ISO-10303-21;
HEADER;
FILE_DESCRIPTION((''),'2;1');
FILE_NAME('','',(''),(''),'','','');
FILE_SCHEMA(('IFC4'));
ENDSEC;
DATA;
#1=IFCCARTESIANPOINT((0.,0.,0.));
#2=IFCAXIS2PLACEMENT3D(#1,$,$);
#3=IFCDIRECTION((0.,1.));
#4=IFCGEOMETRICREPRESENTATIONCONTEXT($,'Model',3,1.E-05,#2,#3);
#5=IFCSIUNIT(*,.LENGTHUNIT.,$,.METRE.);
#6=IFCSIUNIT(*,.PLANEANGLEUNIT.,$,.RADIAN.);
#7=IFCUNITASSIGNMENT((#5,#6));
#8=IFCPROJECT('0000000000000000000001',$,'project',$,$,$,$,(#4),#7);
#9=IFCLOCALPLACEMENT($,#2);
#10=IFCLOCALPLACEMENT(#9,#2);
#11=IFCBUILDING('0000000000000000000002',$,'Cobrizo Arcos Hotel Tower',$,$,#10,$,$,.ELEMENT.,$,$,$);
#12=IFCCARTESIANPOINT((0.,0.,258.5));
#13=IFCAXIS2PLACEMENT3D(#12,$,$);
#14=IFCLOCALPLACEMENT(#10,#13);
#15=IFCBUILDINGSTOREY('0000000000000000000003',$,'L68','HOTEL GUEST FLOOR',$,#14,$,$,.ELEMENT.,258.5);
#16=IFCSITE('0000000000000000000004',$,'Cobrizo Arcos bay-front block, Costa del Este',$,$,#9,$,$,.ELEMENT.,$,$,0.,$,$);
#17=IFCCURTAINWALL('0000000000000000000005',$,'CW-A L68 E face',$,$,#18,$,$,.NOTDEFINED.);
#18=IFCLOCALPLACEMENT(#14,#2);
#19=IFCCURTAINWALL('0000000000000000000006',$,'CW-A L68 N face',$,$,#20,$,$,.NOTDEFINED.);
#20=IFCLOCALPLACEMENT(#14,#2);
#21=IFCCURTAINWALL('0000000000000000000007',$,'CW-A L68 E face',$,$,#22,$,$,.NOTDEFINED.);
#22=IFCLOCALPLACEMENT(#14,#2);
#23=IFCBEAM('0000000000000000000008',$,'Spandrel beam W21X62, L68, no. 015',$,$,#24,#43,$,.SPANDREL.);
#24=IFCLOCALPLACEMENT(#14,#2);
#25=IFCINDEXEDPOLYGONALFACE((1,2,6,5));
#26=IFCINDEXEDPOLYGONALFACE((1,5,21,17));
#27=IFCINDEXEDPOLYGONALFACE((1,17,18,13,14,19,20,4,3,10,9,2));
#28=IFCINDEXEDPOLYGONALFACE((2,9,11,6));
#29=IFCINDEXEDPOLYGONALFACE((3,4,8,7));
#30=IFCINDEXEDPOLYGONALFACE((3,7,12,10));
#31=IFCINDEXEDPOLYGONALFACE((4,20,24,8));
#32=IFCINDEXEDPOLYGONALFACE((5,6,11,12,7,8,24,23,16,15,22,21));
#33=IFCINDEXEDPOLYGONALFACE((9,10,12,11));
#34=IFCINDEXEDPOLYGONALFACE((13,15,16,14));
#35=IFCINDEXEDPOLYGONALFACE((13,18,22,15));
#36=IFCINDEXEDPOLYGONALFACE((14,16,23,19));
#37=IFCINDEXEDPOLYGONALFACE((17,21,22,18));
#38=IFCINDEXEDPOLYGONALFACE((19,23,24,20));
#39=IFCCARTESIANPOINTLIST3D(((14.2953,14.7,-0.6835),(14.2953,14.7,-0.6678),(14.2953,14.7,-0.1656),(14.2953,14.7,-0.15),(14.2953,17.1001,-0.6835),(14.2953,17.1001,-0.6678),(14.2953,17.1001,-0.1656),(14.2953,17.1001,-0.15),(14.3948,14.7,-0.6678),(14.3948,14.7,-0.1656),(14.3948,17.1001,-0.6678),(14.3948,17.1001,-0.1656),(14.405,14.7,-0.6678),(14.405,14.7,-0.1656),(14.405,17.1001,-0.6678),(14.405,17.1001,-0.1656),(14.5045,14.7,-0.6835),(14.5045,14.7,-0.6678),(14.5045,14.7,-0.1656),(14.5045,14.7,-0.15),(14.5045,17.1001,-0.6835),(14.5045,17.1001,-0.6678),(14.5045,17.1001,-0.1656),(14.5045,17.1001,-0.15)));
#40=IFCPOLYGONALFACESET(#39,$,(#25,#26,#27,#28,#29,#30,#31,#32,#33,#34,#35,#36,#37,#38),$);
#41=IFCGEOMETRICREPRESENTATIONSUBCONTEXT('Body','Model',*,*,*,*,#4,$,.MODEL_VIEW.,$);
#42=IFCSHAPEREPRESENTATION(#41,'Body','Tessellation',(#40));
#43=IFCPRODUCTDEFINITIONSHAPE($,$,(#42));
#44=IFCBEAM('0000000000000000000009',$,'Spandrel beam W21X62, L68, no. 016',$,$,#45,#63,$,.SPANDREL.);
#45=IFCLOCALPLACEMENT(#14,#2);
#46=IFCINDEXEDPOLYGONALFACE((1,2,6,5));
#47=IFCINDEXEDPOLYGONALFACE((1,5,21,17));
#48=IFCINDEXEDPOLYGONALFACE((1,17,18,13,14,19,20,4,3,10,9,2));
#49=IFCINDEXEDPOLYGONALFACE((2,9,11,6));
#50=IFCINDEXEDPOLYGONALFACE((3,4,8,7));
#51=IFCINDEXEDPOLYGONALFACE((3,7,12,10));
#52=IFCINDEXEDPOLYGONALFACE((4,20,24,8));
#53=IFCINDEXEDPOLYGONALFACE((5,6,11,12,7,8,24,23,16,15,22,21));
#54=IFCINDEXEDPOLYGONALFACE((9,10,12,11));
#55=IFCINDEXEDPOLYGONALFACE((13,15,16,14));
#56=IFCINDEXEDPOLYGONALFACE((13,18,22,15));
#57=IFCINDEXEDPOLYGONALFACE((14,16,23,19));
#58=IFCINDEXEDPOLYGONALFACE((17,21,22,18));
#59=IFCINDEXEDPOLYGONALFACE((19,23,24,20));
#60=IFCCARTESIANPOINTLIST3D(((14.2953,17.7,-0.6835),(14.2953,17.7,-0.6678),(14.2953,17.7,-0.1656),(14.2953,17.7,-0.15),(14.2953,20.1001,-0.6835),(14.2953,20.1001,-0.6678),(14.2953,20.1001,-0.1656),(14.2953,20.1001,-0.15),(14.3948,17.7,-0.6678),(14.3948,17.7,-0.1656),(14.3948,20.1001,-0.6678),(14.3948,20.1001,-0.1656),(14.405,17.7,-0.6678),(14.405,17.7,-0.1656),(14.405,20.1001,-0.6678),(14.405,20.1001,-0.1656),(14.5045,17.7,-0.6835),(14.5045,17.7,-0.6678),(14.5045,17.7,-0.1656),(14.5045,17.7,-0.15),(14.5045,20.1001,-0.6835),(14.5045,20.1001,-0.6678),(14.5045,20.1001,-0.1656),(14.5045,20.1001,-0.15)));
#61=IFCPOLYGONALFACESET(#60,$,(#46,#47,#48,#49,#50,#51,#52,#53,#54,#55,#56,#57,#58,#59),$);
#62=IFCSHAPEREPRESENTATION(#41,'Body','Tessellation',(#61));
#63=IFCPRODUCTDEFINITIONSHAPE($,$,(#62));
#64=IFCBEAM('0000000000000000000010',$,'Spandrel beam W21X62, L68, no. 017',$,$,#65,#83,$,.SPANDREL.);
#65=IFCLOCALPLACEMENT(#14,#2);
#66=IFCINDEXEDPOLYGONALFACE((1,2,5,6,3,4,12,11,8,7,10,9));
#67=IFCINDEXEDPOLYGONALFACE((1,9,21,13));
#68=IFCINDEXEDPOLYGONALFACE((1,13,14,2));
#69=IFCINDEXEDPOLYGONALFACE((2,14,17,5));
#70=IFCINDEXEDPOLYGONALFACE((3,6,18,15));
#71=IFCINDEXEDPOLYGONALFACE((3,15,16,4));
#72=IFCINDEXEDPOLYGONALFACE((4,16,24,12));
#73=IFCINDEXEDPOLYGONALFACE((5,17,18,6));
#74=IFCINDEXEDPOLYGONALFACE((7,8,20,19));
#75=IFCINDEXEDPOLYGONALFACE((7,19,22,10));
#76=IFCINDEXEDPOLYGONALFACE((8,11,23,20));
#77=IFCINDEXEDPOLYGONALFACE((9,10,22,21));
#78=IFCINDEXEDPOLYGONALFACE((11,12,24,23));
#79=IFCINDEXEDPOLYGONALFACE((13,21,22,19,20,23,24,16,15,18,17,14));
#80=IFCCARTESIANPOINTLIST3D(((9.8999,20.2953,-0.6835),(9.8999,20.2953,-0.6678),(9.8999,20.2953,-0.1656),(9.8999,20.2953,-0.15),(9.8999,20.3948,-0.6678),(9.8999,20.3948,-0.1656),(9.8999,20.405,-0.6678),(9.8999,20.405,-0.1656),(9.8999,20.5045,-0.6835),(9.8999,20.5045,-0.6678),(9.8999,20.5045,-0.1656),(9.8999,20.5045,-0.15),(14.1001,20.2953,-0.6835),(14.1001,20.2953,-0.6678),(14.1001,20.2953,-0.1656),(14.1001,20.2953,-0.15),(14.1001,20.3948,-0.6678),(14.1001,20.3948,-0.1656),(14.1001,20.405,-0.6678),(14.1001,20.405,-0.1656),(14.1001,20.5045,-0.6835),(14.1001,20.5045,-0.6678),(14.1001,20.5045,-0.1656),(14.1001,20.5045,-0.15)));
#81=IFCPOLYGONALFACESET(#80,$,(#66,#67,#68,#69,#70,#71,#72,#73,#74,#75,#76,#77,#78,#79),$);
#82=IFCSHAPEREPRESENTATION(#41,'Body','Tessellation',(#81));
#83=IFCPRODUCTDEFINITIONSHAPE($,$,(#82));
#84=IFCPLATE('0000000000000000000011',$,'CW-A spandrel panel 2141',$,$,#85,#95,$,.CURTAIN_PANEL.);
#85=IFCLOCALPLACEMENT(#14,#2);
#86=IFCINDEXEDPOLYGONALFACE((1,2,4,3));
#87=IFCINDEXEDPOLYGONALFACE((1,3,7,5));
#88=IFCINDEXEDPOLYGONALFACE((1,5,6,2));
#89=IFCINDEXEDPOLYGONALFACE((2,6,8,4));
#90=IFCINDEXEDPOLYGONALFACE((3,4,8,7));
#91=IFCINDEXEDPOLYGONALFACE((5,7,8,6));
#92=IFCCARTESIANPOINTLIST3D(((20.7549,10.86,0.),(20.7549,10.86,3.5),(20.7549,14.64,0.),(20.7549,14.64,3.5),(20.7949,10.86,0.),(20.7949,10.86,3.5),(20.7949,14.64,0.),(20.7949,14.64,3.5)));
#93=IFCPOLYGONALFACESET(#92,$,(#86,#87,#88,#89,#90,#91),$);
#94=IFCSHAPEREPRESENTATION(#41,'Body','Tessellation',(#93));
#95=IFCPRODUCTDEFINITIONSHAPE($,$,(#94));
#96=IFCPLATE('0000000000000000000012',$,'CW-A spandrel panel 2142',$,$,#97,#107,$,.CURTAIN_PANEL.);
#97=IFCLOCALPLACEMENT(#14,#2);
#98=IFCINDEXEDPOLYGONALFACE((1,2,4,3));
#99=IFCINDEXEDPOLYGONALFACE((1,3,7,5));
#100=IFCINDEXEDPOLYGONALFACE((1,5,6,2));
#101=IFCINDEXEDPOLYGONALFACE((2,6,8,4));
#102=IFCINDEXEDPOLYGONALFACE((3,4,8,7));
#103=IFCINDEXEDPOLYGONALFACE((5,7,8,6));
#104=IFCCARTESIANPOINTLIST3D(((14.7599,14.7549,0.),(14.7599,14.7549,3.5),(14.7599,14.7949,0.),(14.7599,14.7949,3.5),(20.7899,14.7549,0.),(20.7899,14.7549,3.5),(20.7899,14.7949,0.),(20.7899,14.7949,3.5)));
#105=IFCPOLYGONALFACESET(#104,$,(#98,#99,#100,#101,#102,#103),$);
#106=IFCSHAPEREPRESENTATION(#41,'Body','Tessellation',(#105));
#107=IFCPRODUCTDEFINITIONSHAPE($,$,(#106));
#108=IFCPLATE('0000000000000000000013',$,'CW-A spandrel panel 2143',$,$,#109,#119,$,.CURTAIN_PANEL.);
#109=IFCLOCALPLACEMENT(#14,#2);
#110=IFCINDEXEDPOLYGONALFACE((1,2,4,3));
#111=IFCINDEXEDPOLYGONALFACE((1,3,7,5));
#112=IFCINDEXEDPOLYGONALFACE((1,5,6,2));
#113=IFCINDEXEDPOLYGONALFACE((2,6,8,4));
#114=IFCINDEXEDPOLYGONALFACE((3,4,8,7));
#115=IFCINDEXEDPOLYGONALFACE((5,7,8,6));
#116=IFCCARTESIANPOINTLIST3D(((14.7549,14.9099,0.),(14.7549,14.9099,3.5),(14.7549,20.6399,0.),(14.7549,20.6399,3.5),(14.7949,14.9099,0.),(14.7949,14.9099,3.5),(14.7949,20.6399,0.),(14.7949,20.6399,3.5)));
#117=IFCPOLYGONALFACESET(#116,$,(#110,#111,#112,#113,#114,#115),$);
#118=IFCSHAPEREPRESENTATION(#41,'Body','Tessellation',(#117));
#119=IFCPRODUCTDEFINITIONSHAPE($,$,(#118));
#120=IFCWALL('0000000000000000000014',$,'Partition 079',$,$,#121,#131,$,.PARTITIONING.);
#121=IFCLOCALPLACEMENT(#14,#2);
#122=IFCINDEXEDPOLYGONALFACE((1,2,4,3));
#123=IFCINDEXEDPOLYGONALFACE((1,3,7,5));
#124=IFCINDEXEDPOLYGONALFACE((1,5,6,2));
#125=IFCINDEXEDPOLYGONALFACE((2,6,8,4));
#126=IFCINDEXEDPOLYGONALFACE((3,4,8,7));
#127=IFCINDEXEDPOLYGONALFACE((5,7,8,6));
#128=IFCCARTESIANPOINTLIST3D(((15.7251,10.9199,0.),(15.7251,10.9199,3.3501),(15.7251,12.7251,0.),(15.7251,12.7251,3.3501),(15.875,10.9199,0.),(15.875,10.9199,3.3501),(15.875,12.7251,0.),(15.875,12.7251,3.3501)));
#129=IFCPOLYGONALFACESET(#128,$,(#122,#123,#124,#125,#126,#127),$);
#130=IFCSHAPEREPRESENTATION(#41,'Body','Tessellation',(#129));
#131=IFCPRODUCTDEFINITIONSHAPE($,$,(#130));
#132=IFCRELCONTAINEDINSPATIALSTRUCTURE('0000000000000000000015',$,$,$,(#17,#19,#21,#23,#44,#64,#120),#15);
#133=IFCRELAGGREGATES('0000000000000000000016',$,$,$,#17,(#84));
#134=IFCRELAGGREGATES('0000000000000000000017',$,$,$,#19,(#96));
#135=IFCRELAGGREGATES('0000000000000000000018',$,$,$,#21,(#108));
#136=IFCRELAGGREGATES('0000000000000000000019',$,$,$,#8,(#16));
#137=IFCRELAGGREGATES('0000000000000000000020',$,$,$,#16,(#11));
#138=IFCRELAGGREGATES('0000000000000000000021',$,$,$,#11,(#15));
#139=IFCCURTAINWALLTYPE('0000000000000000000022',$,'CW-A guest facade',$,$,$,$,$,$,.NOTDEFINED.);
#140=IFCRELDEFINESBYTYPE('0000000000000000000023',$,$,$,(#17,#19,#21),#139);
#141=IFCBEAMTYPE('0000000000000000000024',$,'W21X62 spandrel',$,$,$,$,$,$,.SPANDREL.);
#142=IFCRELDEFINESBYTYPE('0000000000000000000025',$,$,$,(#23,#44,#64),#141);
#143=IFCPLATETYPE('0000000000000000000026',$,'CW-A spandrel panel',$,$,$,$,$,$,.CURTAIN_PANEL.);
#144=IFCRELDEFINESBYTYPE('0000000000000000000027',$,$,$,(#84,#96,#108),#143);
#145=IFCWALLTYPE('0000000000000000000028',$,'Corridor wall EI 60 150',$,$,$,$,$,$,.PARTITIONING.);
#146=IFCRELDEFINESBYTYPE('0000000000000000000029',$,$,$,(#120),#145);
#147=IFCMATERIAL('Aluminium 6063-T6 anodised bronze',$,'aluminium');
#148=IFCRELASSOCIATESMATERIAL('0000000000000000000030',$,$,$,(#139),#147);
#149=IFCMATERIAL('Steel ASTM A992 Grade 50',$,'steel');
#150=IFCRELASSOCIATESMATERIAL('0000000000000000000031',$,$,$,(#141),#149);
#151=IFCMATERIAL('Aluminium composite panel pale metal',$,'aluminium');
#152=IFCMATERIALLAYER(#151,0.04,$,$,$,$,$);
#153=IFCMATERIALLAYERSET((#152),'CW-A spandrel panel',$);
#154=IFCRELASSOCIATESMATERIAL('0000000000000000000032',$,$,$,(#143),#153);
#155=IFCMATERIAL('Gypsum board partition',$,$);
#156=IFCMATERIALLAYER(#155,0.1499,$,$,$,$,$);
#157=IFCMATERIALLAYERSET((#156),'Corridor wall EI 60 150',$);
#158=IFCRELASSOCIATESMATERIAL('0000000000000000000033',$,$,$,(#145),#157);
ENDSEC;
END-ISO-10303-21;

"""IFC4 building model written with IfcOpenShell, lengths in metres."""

from ifc_helpers import new_model, si_unit, direction, frame, frame_2d, origin, origin_2d, place, context, subcontext, project, spatial, rectangle, i_section, extrude, material, layer, layer_set, material_profile, profile_set, type_object, element, aggregate, save


model = new_model("IFC4")

# Units and contexts
model_context = context("Model", 3, precision=1e-05, world=origin(), true_north=direction((0.0, 1.0)))
body_context = subcontext(model_context, "Body", "Model", "MODEL_VIEW")
ifc_project = project(units=[si_unit("LENGTHUNIT", "METRE"), si_unit("PLANEANGLEUNIT", "RADIAN")], contexts=[model_context])

# Site, building, storey
site_placement = place(None, origin())
site = spatial("IfcSite", under=ifc_project, at=site_placement, Name="Cobrizo Arcos bay-front block, Costa del Este", CompositionType="ELEMENT", RefElevation=0.0)
building_placement = place(site_placement, origin())
building = spatial("IfcBuilding", under=site, at=building_placement, Name="Cobrizo Arcos Hotel Tower", CompositionType="ELEMENT")
storey_placement = place(building_placement, frame((0.0, 0.0, 258.5)))
storey = spatial("IfcBuildingStorey", under=building, at=storey_placement, Name="L68", Description="HOTEL GUEST FLOOR", CompositionType="ELEMENT", Elevation=258.5)

# Curtain wall
ifc_material_1 = material(Name="Aluminium 6063-T6 anodised bronze", Category="aluminium")
curtain_wall_type = type_object("IfcCurtainWallType", Name="CW-A guest facade", PredefinedType="NOTDEFINED", material=ifc_material_1)
curtain_wall_1_placement = place(storey_placement, origin())
curtain_wall_1 = element("IfcCurtainWall", 1, at=curtain_wall_1_placement, inside=storey, type_object=curtain_wall_type, Name="CW-A L68 E face", PredefinedType="NOTDEFINED")

# Curtain walls
curtain_wall_2_placement = place(storey_placement, origin())
curtain_wall_2 = element("IfcCurtainWall", 2, at=curtain_wall_2_placement, inside=storey, type_object=curtain_wall_type, Name="CW-A L68 N face", PredefinedType="NOTDEFINED")
curtain_wall_3_placement = place(storey_placement, origin())
curtain_wall_3 = element("IfcCurtainWall", 3, at=curtain_wall_3_placement, inside=storey, type_object=curtain_wall_type, Name="CW-A L68 E face", PredefinedType="NOTDEFINED")

# Beams
ifc_material_2 = material(Name="Steel ASTM A992 Grade 50", Category="steel")
ifc_material_profile_1 = material_profile(ifc_material_2, i_section(OverallWidth=0.2092, OverallDepth=0.5334, WebThickness=0.0103, FlangeThickness=0.0156, at=origin_2d()), Name="W21X62")
ifc_profile_set_1 = profile_set([ifc_material_profile_1], Name="Steel ASTM A992 Grade 50")
beam_type = type_object("IfcBeamType", Name="W21X62 spandrel", PredefinedType="SPANDREL", material=ifc_profile_set_1)
for number, where, z_axis, x_axis, name in (
    (4, (14.3999, 14.7, -0.4167), (0.0, 1.0, 0.0), (-1.0, 0.0, 0.0), "Spandrel beam W21X62, L68, no. 015"),
    (5, (14.3999, 17.7, -0.4167), (0.0, 1.0, 0.0), (-1.0, 0.0, 0.0), "Spandrel beam W21X62, L68, no. 016"),
):
    element("IfcBeam", number, at=place(storey_placement, frame(where, z_axis=z_axis, x_axis=x_axis)), inside=storey, type_object=beam_type, Name=name, PredefinedType="SPANDREL", context=body_context, shape_type="SweptSolid", body=[
        extrude(i_section(OverallWidth=0.2092, OverallDepth=0.5334, WebThickness=0.0103, FlangeThickness=0.0156, at=origin_2d()), origin(), (0.0, 0.0, 1.0), 2.4001),
    ])
beam_placement = place(storey_placement, frame((14.1001, 20.3999, -0.4167), z_axis=(-1.0, 0.0, 0.0), x_axis=(0.0, -1.0, 0.0)))
element("IfcBeam", 6, at=beam_placement, inside=storey, type_object=beam_type, Name="Spandrel beam W21X62, L68, no. 017", PredefinedType="SPANDREL", context=body_context, shape_type="SweptSolid", body=[
    extrude(i_section(OverallWidth=0.2092, OverallDepth=0.5334, WebThickness=0.0103, FlangeThickness=0.0156, at=origin_2d()), origin(), (0.0, 0.0, 1.0), 4.2002),
])

# Plates
ifc_material_3 = material(Name="Aluminium composite panel pale metal", Category="aluminium")
ifc_layer_1 = layer(ifc_material_3, 0.04)
ifc_layer_set_1 = layer_set([ifc_layer_1], Name="CW-A spandrel panel")
plate_type = type_object("IfcPlateType", Name="CW-A spandrel panel", PredefinedType="CURTAIN_PANEL", material=ifc_layer_set_1)
plate_1_placement = place(storey_placement, frame((20.7749, 12.75, 0.0), z_axis=(0.0, 0.0, 1.0), x_axis=(0.0, 1.0, 0.0)))
plate_1 = element("IfcPlate", 7, at=plate_1_placement, type_object=plate_type, Name="CW-A spandrel panel 2141", PredefinedType="CURTAIN_PANEL", context=body_context, shape_type="SweptSolid", body=[
    extrude(rectangle(XDim=3.78, YDim=0.04, at=origin_2d()), origin(), (0.0, 0.0, 1.0), 3.5),
])
aggregate(curtain_wall_1, [plate_1])
plate_2_placement = place(storey_placement, frame((17.7749, 14.7749, 0.0), z_axis=(0.0, 0.0, 1.0), x_axis=(-1.0, 0.0, 0.0)))
plate_2 = element("IfcPlate", 8, at=plate_2_placement, type_object=plate_type, Name="CW-A spandrel panel 2142", PredefinedType="CURTAIN_PANEL", context=body_context, shape_type="SweptSolid", body=[
    extrude(rectangle(XDim=6.03, YDim=0.04, at=origin_2d()), origin(), (0.0, 0.0, 1.0), 3.5),
])
aggregate(curtain_wall_2, [plate_2])
plate_3_placement = place(storey_placement, frame((14.7749, 17.7749, 0.0), z_axis=(0.0, 0.0, 1.0), x_axis=(0.0, 1.0, 0.0)))
plate_3 = element("IfcPlate", 9, at=plate_3_placement, type_object=plate_type, Name="CW-A spandrel panel 2143", PredefinedType="CURTAIN_PANEL", context=body_context, shape_type="SweptSolid", body=[
    extrude(rectangle(XDim=5.73, YDim=0.04, at=origin_2d()), origin(), (0.0, 0.0, 1.0), 3.5),
])
aggregate(curtain_wall_3, [plate_3])

# Wall
ifc_material_4 = material(Name="Gypsum board partition")
ifc_layer_2 = layer(ifc_material_4, 0.1499)
ifc_layer_set_2 = layer_set([ifc_layer_2], Name="Corridor wall EI 60 150")
wall_type = type_object("IfcWallType", Name="Corridor wall EI 60 150", PredefinedType="PARTITIONING", material=ifc_layer_set_2)
wall_placement = place(storey_placement, frame((15.8, 10.9199, 0.0), z_axis=(0.0, 0.0, 1.0), x_axis=(0.0, 1.0, 0.0)))
element("IfcWall", 10, at=wall_placement, inside=storey, type_object=wall_type, Name="Partition 079", PredefinedType="PARTITIONING", context=body_context, shape_type="SweptSolid", body=[
    extrude(rectangle(XDim=1.8052, YDim=0.1499, at=frame_2d((0.9026, 0.0))), origin(), (0.0, 0.0, 1.0), 3.3501),
])

save(model, "model.ifc")
